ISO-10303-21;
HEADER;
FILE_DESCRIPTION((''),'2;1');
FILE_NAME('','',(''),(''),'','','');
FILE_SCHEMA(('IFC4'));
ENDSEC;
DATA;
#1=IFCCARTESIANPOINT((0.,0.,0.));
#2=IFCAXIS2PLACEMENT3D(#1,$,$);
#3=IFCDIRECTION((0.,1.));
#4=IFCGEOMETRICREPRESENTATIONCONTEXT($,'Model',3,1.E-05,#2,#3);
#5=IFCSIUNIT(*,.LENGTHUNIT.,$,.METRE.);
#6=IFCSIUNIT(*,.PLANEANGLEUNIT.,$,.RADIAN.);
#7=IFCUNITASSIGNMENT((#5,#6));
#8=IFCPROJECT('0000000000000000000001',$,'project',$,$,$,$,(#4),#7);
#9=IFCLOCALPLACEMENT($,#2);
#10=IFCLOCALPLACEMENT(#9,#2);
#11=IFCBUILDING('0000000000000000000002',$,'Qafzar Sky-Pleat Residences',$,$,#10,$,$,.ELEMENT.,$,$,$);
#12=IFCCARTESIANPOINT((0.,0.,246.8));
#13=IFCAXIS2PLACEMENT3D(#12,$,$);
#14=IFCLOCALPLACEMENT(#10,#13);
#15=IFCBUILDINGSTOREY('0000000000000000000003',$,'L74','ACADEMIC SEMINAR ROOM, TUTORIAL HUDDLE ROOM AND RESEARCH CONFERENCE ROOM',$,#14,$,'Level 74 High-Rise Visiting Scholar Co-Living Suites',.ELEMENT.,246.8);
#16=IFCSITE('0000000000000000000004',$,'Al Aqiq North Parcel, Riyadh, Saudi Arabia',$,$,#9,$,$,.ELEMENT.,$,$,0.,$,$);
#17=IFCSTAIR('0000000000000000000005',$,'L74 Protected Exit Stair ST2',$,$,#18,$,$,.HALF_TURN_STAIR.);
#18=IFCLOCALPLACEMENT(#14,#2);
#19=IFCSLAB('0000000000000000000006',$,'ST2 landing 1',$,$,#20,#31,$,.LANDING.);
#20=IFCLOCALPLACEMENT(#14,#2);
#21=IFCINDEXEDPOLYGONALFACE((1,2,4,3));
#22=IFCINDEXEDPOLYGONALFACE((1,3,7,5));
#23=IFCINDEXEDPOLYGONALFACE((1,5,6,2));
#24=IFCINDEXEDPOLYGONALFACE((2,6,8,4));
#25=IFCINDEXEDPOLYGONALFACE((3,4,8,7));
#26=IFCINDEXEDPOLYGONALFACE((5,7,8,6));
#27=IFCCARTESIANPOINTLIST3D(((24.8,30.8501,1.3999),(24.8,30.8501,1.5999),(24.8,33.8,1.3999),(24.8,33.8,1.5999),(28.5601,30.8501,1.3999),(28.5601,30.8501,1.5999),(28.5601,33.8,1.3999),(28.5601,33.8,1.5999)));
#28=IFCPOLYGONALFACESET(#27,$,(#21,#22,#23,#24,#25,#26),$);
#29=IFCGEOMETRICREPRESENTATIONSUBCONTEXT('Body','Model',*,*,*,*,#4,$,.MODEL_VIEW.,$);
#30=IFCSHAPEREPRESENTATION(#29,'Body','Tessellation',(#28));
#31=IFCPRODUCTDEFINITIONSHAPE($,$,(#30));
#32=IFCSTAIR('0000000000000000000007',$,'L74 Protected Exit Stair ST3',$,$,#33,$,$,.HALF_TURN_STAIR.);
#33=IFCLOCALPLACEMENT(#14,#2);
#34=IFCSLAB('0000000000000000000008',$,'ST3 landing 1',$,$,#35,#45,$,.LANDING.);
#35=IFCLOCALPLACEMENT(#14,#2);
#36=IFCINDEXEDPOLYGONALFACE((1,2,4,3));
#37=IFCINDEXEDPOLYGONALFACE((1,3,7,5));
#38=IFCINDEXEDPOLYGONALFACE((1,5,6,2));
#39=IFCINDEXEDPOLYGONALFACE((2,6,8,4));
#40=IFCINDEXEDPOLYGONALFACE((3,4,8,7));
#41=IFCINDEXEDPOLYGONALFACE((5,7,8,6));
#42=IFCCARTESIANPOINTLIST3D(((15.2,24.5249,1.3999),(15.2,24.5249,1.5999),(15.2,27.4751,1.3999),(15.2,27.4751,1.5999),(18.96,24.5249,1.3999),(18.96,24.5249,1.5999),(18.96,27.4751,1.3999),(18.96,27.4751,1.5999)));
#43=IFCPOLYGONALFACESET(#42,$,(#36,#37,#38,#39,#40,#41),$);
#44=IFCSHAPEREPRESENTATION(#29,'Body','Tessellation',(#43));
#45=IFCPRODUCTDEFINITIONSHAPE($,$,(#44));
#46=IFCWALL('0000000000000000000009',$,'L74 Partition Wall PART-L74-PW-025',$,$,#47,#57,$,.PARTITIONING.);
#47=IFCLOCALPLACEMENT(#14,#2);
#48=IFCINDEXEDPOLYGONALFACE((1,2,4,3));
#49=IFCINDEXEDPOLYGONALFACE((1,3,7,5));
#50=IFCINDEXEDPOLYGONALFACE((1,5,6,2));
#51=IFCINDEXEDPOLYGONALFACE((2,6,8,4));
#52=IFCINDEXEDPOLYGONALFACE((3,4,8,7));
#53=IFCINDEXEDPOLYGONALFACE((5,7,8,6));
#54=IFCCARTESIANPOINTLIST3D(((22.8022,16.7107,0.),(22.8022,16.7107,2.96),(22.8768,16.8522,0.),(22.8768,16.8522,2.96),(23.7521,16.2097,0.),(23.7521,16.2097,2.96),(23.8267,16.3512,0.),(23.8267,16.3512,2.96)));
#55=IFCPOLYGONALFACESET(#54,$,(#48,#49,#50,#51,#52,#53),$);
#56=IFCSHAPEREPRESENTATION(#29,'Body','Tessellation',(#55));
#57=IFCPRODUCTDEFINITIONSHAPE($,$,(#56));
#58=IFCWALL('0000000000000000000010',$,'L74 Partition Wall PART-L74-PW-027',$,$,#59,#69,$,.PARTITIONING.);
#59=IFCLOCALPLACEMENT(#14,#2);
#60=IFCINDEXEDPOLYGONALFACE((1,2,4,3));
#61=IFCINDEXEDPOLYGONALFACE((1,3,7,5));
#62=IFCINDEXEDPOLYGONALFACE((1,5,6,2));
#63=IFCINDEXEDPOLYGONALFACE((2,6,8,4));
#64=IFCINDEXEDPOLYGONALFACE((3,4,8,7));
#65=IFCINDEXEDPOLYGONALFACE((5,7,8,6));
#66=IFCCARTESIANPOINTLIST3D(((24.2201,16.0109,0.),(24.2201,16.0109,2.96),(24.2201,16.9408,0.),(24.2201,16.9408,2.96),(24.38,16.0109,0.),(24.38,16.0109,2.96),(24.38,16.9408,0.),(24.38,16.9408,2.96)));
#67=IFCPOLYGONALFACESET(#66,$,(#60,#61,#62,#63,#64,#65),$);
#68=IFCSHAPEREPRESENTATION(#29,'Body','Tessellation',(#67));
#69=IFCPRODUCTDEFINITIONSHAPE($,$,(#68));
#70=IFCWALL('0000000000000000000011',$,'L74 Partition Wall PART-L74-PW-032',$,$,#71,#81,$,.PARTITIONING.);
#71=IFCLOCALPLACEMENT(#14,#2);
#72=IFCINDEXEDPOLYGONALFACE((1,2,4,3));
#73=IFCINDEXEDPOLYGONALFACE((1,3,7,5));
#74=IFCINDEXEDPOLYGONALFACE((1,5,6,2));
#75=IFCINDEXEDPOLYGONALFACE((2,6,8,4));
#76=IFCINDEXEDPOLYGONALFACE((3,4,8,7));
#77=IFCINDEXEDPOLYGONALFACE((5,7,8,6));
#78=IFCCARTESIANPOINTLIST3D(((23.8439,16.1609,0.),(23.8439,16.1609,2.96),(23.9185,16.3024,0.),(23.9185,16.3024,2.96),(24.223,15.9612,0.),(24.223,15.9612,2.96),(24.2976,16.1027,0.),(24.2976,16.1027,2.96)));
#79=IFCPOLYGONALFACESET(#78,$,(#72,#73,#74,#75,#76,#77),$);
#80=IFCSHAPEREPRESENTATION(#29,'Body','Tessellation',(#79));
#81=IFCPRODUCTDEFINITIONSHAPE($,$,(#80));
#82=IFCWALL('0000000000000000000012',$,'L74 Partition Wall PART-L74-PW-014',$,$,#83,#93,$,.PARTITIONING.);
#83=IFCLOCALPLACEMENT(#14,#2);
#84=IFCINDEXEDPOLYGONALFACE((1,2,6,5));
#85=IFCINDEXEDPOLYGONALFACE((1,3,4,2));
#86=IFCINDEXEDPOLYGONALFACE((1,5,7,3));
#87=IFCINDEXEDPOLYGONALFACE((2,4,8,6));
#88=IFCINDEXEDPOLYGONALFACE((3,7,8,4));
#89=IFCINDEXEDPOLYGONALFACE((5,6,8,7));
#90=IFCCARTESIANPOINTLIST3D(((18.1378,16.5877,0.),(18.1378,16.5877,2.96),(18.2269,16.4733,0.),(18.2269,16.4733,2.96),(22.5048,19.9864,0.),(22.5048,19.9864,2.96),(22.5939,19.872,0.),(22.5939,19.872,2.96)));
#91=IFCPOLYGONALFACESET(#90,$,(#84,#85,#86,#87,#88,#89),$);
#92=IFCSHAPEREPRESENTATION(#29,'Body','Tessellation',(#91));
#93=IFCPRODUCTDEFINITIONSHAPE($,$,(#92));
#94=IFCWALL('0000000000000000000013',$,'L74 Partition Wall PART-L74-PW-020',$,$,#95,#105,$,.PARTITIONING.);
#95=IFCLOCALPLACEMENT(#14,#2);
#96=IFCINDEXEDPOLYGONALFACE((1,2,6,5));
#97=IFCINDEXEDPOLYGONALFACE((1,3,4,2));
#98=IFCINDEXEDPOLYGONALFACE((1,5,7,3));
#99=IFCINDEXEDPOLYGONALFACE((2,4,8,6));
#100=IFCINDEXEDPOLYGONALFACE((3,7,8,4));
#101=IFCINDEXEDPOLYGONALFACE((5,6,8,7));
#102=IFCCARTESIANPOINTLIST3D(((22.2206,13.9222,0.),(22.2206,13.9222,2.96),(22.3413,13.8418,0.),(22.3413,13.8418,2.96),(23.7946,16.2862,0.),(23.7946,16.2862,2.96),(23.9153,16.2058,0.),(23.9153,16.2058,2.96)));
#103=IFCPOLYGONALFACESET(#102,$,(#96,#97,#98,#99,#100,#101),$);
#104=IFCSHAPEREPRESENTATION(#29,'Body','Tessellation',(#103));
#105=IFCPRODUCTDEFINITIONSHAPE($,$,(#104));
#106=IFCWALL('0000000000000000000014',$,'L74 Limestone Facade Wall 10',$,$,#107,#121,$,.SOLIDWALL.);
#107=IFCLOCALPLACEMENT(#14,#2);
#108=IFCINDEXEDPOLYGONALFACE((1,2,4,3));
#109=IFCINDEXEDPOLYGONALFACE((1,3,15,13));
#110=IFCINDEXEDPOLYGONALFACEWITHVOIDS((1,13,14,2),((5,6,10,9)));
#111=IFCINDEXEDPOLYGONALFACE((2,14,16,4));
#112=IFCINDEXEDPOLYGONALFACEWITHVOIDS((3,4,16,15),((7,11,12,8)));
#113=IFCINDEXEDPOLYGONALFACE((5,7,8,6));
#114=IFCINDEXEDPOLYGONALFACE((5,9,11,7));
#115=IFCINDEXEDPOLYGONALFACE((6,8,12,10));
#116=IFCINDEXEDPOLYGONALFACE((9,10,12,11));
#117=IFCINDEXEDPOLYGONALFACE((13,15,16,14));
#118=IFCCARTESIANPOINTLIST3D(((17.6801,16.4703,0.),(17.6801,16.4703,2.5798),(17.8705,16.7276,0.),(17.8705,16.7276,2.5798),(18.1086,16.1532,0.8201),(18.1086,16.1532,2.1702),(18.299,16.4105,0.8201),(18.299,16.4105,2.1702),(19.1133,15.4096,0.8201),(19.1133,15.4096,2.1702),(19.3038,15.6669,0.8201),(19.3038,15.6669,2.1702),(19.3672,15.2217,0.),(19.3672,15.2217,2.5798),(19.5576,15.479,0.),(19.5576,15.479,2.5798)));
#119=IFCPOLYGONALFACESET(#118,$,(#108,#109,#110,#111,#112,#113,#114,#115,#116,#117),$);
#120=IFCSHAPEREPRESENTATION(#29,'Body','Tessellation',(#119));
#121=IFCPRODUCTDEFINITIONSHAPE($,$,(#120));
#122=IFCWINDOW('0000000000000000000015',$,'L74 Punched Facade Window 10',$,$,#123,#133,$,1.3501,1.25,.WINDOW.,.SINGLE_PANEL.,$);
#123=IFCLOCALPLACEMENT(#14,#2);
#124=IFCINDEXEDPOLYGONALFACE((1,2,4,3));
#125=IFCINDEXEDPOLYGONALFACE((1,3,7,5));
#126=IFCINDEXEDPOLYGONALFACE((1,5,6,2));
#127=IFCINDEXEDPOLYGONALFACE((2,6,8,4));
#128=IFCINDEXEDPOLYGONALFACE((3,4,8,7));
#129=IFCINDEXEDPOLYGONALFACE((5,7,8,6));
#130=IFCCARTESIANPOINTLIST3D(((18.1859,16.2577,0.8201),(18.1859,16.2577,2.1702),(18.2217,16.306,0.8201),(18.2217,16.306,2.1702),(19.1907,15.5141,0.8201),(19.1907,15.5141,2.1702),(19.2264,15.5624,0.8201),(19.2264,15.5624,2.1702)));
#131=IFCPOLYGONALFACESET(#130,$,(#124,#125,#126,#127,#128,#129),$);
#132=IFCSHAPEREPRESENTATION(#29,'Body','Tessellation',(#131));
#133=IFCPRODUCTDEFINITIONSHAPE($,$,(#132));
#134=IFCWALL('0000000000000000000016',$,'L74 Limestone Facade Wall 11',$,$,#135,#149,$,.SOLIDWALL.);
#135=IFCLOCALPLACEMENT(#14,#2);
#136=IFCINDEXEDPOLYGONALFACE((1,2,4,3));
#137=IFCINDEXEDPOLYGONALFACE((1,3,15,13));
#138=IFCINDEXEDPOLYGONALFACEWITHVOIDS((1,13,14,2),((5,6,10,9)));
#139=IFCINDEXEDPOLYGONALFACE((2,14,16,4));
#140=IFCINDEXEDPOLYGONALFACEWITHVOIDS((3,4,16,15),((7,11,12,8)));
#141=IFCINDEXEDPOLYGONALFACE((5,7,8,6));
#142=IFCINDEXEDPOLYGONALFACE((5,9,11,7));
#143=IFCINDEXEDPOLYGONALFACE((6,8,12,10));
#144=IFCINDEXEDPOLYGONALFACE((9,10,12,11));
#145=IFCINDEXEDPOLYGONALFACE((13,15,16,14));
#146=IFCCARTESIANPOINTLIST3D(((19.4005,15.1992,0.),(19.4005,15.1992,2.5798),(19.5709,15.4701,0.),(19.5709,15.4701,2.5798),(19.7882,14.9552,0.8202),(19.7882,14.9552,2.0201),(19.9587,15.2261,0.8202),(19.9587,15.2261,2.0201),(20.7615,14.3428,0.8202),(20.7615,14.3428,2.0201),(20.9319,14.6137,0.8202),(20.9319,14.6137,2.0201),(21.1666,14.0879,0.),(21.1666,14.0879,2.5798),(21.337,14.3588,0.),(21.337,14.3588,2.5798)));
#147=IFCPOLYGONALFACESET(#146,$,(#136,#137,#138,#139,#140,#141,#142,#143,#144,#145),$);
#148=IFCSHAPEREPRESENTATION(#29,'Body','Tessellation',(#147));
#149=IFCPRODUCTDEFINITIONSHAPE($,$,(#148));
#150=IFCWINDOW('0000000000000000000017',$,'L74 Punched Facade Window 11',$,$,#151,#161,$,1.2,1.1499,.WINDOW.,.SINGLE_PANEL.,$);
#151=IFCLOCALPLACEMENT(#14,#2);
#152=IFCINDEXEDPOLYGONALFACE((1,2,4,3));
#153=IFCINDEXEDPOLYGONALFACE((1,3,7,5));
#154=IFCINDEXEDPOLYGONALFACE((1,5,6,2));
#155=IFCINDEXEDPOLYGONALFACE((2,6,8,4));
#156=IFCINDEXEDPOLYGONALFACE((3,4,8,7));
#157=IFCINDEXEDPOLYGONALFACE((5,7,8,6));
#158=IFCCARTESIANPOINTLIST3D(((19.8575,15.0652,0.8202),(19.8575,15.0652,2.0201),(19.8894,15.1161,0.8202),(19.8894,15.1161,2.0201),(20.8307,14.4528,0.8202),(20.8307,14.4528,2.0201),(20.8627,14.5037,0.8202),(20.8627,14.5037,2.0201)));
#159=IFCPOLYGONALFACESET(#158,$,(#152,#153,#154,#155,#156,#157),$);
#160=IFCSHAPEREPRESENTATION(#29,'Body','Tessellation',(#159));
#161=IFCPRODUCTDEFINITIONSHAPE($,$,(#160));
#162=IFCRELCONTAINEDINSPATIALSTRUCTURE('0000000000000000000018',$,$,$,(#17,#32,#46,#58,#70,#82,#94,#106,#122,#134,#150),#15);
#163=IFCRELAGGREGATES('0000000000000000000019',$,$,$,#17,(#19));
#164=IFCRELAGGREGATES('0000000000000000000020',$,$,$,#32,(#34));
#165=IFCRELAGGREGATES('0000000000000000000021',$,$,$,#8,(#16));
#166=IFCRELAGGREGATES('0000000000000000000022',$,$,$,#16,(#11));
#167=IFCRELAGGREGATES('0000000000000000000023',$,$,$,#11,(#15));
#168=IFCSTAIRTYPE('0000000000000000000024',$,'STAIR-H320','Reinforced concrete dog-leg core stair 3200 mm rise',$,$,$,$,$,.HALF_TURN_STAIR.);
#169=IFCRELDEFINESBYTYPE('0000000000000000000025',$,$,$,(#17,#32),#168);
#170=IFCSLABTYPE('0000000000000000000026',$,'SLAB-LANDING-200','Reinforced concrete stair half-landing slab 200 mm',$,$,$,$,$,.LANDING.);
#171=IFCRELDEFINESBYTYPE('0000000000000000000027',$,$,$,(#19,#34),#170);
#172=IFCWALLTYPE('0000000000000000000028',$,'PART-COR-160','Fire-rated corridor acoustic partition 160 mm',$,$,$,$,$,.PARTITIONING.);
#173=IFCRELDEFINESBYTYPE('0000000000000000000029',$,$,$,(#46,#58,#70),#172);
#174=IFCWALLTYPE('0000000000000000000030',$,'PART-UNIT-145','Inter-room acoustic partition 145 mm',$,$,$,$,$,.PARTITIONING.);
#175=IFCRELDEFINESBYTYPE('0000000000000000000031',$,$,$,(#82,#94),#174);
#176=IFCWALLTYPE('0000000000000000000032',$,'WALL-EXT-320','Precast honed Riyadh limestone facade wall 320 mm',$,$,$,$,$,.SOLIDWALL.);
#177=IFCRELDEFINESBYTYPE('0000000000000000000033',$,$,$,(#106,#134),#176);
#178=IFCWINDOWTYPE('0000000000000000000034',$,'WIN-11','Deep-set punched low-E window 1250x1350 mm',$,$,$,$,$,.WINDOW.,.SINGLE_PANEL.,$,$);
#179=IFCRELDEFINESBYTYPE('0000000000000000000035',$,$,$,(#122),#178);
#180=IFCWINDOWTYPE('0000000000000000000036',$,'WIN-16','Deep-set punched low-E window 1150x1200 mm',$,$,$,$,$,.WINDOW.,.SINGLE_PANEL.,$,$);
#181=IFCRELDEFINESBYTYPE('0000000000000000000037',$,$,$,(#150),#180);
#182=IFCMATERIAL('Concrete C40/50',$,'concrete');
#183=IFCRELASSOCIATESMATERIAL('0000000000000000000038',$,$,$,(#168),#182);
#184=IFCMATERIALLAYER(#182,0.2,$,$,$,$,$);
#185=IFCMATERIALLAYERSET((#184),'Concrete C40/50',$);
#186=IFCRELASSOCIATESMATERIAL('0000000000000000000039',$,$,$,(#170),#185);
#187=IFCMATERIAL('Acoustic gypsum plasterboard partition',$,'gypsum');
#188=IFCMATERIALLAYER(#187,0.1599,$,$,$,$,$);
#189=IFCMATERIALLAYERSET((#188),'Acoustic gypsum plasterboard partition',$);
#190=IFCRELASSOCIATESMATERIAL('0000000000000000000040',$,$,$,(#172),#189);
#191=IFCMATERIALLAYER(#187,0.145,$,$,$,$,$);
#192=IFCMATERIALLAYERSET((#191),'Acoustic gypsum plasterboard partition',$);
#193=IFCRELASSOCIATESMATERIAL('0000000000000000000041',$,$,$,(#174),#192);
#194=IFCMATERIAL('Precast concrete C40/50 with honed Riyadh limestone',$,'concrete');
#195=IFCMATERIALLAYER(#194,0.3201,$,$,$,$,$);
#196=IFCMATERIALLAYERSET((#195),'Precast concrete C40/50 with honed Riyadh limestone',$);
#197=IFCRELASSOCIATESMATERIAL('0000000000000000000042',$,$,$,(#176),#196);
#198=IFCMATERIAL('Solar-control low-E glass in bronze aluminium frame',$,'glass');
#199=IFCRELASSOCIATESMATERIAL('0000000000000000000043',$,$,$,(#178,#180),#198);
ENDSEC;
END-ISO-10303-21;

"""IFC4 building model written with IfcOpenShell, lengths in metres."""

from ifc_helpers import new_model, si_unit, direction, frame, frame_2d, origin, place, context, subcontext, project, spatial, polyline, rectangle, outline, extrude, source, transform, mapped, material, layer, layer_set, type_object, element, fill, aggregate, save


model = new_model("IFC4")

# Units and contexts
model_context = context("Model", 3, precision=1e-05, world=origin(), true_north=direction((0.0, 1.0)))
body_context = subcontext(model_context, "Body", "Model", "MODEL_VIEW")
ifc_project = project(units=[si_unit("LENGTHUNIT", "METRE"), si_unit("PLANEANGLEUNIT", "RADIAN")], contexts=[model_context])

# Site, building, storey
site_placement = place(None, origin())
site = spatial("IfcSite", under=ifc_project, at=site_placement, Name="Al Aqiq North Parcel, Riyadh, Saudi Arabia", CompositionType="ELEMENT", RefElevation=0.0)
building_placement = place(site_placement, origin())
building = spatial("IfcBuilding", under=site, at=building_placement, Name="Qafzar Sky-Pleat Residences", CompositionType="ELEMENT")
storey_placement = place(building_placement, frame((0.0, 0.0, 246.8)))
storey = spatial("IfcBuildingStorey", under=building, at=storey_placement, Name="L74", Description="ACADEMIC SEMINAR ROOM, TUTORIAL HUDDLE ROOM AND RESEARCH CONFERENCE ROOM", LongName="Level 74 High-Rise Visiting Scholar Co-Living Suites", CompositionType="ELEMENT", Elevation=246.8)

# Shared definitions
ifc_material_1 = material(Name="Concrete C40/50", Category="concrete")

# Stairs, slabs
stair_type = type_object("IfcStairType", Name="STAIR-H320", Description="Reinforced concrete dog-leg core stair 3200 mm rise", PredefinedType="HALF_TURN_STAIR", material=ifc_material_1)
ifc_layer_1 = layer(ifc_material_1, 0.2)
ifc_layer_set_1 = layer_set([ifc_layer_1], Name="Concrete C40/50")
slab_type_1 = type_object("IfcSlabType", Name="SLAB-LANDING-200", Description="Reinforced concrete stair half-landing slab 200 mm", PredefinedType="LANDING", material=ifc_layer_set_1)
stair_1_placement = place(storey_placement, origin())
stair_1 = element("IfcStair", 1, at=stair_1_placement, inside=storey, type_object=stair_type, Name="L74 Protected Exit Stair ST2", PredefinedType="HALF_TURN_STAIR")
slab_1_placement = place(storey_placement, frame((0.0, 0.0, 1.3999)))
slab_1 = element("IfcSlab", 2, at=slab_1_placement, type_object=slab_type_1, Name="ST2 landing 1", PredefinedType="LANDING", context=body_context, shape_type="SweptSolid", body=[
    extrude(outline(polyline([(28.5601, 33.8), (24.8, 33.8), (24.8, 30.8501), (28.5601, 30.8501), (28.5601, 33.8)])), origin(), (0.0, 0.0, 1.0), 0.2),
])
aggregate(stair_1, [slab_1])
stair_2_placement = place(storey_placement, origin())
stair_2 = element("IfcStair", 3, at=stair_2_placement, inside=storey, type_object=stair_type, Name="L74 Protected Exit Stair ST3", PredefinedType="HALF_TURN_STAIR")
slab_2_placement = place(storey_placement, frame((0.0, 0.0, 1.3999)))
slab_2 = element("IfcSlab", 4, at=slab_2_placement, type_object=slab_type_1, Name="ST3 landing 1", PredefinedType="LANDING", context=body_context, shape_type="SweptSolid", body=[
    extrude(outline(polyline([(18.96, 27.4751), (15.2, 27.4751), (15.2, 24.5249), (18.96, 24.5249), (18.96, 27.4751)])), origin(), (0.0, 0.0, 1.0), 0.2),
])
aggregate(stair_2, [slab_2])

# Walls
ifc_material_2 = material(Name="Acoustic gypsum plasterboard partition", Category="gypsum")
ifc_layer_2 = layer(ifc_material_2, 0.1599)
ifc_layer_set_2 = layer_set([ifc_layer_2], Name="Acoustic gypsum plasterboard partition")
wall_type_1 = type_object("IfcWallType", Name="PART-COR-160", Description="Fire-rated corridor acoustic partition 160 mm", PredefinedType="PARTITIONING", material=ifc_layer_set_2)
wall_1_placement = place(storey_placement, frame((22.8394, 16.7815, 0.0), z_axis=(0.0, 0.0, 1.0), x_axis=(0.884533, -0.466477, 0.0)))
element("IfcWall", 5, at=wall_1_placement, inside=storey, type_object=wall_type_1, Name="L74 Partition Wall PART-L74-PW-025", PredefinedType="PARTITIONING", context=body_context, shape_type="SweptSolid", body=[
    extrude(rectangle(XDim=1.074, YDim=0.1599, at=frame_2d((0.5371, 0.0))), origin(), (0.0, 0.0, 1.0), 2.96),
])
wall_2_placement = place(storey_placement, frame((24.3, 16.011, 0.0), z_axis=(0.0, 0.0, 1.0), x_axis=(0.0, 1.0, 0.0)))
element("IfcWall", 6, at=wall_2_placement, inside=storey, type_object=wall_type_1, Name="L74 Partition Wall PART-L74-PW-027", PredefinedType="PARTITIONING", context=body_context, shape_type="SweptSolid", body=[
    extrude(rectangle(XDim=0.9299, YDim=0.1599, at=frame_2d((0.4648, 0.0))), origin(), (0.0, 0.0, 1.0), 2.96),
])
wall_3_placement = place(storey_placement, frame((23.8811, 16.2317, 0.0), z_axis=(0.0, 0.0, 1.0), x_axis=(0.88477, -0.466028, 0.0)))
element("IfcWall", 7, at=wall_3_placement, inside=storey, type_object=wall_type_1, Name="L74 Partition Wall PART-L74-PW-032", PredefinedType="PARTITIONING", context=body_context, shape_type="SweptSolid", body=[
    extrude(rectangle(XDim=0.4285, YDim=0.1599, at=frame_2d((0.2144, 0.0))), origin(), (0.0, 0.0, 1.0), 2.96),
])
ifc_layer_3 = layer(ifc_material_2, 0.145)
ifc_layer_set_3 = layer_set([ifc_layer_3], Name="Acoustic gypsum plasterboard partition")
wall_type_2 = type_object("IfcWallType", Name="PART-UNIT-145", Description="Inter-room acoustic partition 145 mm", PredefinedType="PARTITIONING", material=ifc_layer_set_3)
wall_4_placement = place(storey_placement, frame((18.1824, 16.5305, 0.0), z_axis=(0.0, 0.0, 1.0), x_axis=(0.789162, 0.614185, 0.0)))
element("IfcWall", 8, at=wall_4_placement, inside=storey, type_object=wall_type_2, Name="L74 Partition Wall PART-L74-PW-014", PredefinedType="PARTITIONING", context=body_context, shape_type="SweptSolid", body=[
    extrude(rectangle(XDim=5.5337, YDim=0.145, at=frame_2d((2.7668, 0.0))), origin(), (0.0, 0.0, 1.0), 2.96),
])
wall_5_placement = place(storey_placement, frame((22.281, 13.8821, 0.0), z_axis=(0.0, 0.0, 1.0), x_axis=(0.554204, 0.832381, 0.0)))
element("IfcWall", 9, at=wall_5_placement, inside=storey, type_object=wall_type_2, Name="L74 Partition Wall PART-L74-PW-020", PredefinedType="PARTITIONING", context=body_context, shape_type="SweptSolid", body=[
    extrude(rectangle(XDim=2.8401, YDim=0.145, at=frame_2d((1.4199, 0.0))), origin(), (0.0, 0.0, 1.0), 2.96),
])

# Walls, openings, windows
ifc_material_3 = material(Name="Precast concrete C40/50 with honed Riyadh limestone", Category="concrete")
ifc_layer_4 = layer(ifc_material_3, 0.3201)
ifc_layer_set_4 = layer_set([ifc_layer_4], Name="Precast concrete C40/50 with honed Riyadh limestone")
wall_type_3 = type_object("IfcWallType", Name="WALL-EXT-320", Description="Precast honed Riyadh limestone facade wall 320 mm", PredefinedType="SOLIDWALL", material=ifc_layer_set_4)
wall_6_placement = place(storey_placement, frame((17.7754, 16.5989, 0.0), z_axis=(0.0, 0.0, 1.0), x_axis=(0.803809, -0.594888, 0.0)))
wall_6 = element("IfcWall", 10, at=wall_6_placement, inside=storey, type_object=wall_type_3, Name="L74 Limestone Facade Wall 10", PredefinedType="SOLIDWALL", context=body_context, shape_type="SweptSolid", body=[
    extrude(rectangle(XDim=2.0989, YDim=0.3201, at=frame_2d((1.0493, 0.0))), origin(), (0.0, 0.0, 1.0), 2.5798),
])
opening_1_placement = place(wall_6_placement, frame((0.533, 0.0, 0.8201)))
opening_1 = element("IfcOpeningElement", 11, at=opening_1_placement, cuts=wall_6, PredefinedType="OPENING", context=body_context, shape_type="SweptSolid", body=[
    extrude(rectangle(XDim=1.25, YDim=1.3501, at=frame_2d((0.625, 0.675))), frame((0.0, 0.1699, 0.0), z_axis=(0.0, -1.0, 0.0), x_axis=(1.0, 0.0, 0.0)), (0.0, 0.0, 1.0), 0.3401),
])
ifc_material_4 = material(Name="Solar-control low-E glass in bronze aluminium frame", Category="glass")
window_type_1 = type_object("IfcWindowType", Name="WIN-11", Description="Deep-set punched low-E window 1250x1350 mm", PartitioningType="SINGLE_PANEL", PredefinedType="WINDOW", material=ifc_material_4)
shared_shape_1 = source(origin(), body_context, "Body", "SweptSolid", [
    extrude(rectangle(XDim=1.25, YDim=1.3501, at=frame_2d((0.625, 0.675))), frame((0.0, 0.03, 0.0), z_axis=(0.0, -1.0, 0.0), x_axis=(1.0, 0.0, 0.0)), (0.0, 0.0, 1.0), 0.0601),
])
window_1_placement = place(opening_1_placement, origin())
window_1 = element("IfcWindow", 12, at=window_1_placement, inside=storey, type_object=window_type_1, Name="L74 Punched Facade Window 10", OverallHeight=1.3501, OverallWidth=1.25, PartitioningType="SINGLE_PANEL", PredefinedType="WINDOW", context=body_context, shape_type="MappedRepresentation", body=[
    mapped(shared_shape_1, transform((0.0, 0.0, 0.0), x_axis=(1.0, 0.0, 0.0), y_axis=(0.0, 1.0, 0.0), z_axis=(0.0, 0.0, 1.0), scale=1.0)),
])
fill(opening_1, window_1)
wall_7_placement = place(storey_placement, frame((19.4856, 15.3347, 0.0), z_axis=(0.0, 0.0, 1.0), x_axis=(0.846377, -0.532584, 0.0)))
wall_7 = element("IfcWall", 13, at=wall_7_placement, inside=storey, type_object=wall_type_3, Name="L74 Limestone Facade Wall 11", PredefinedType="SOLIDWALL", context=body_context, shape_type="SweptSolid", body=[
    extrude(rectangle(XDim=2.0867, YDim=0.3201, at=frame_2d((1.0435, 0.0))), origin(), (0.0, 0.0, 1.0), 2.5798),
])
opening_2_placement = place(wall_7_placement, frame((0.4583, 0.0, 0.8201)))
opening_2 = element("IfcOpeningElement", 14, at=opening_2_placement, cuts=wall_7, PredefinedType="OPENING", context=body_context, shape_type="SweptSolid", body=[
    extrude(rectangle(XDim=1.1499, YDim=1.2, at=frame_2d((0.575, 0.6001))), frame((0.0, 0.1699, 0.0), z_axis=(0.0, -1.0, 0.0), x_axis=(1.0, 0.0, 0.0)), (0.0, 0.0, 1.0), 0.3401),
])
window_type_2 = type_object("IfcWindowType", Name="WIN-16", Description="Deep-set punched low-E window 1150x1200 mm", PartitioningType="SINGLE_PANEL", PredefinedType="WINDOW", material=ifc_material_4)
shared_shape_2 = source(origin(), body_context, "Body", "SweptSolid", [
    extrude(rectangle(XDim=1.1499, YDim=1.2, at=frame_2d((0.575, 0.6001))), frame((0.0, 0.03, 0.0), z_axis=(0.0, -1.0, 0.0), x_axis=(1.0, 0.0, 0.0)), (0.0, 0.0, 1.0), 0.0601),
])
window_2_placement = place(opening_2_placement, origin())
window_2 = element("IfcWindow", 15, at=window_2_placement, inside=storey, type_object=window_type_2, Name="L74 Punched Facade Window 11", OverallHeight=1.2, OverallWidth=1.1499, PartitioningType="SINGLE_PANEL", PredefinedType="WINDOW", context=body_context, shape_type="MappedRepresentation", body=[
    mapped(shared_shape_2, transform((0.0, 0.0, 0.0), x_axis=(1.0, 0.0, 0.0), y_axis=(0.0, 1.0, 0.0), z_axis=(0.0, 0.0, 1.0), scale=1.0)),
])
fill(opening_2, window_2)

save(model, "model.ifc")
